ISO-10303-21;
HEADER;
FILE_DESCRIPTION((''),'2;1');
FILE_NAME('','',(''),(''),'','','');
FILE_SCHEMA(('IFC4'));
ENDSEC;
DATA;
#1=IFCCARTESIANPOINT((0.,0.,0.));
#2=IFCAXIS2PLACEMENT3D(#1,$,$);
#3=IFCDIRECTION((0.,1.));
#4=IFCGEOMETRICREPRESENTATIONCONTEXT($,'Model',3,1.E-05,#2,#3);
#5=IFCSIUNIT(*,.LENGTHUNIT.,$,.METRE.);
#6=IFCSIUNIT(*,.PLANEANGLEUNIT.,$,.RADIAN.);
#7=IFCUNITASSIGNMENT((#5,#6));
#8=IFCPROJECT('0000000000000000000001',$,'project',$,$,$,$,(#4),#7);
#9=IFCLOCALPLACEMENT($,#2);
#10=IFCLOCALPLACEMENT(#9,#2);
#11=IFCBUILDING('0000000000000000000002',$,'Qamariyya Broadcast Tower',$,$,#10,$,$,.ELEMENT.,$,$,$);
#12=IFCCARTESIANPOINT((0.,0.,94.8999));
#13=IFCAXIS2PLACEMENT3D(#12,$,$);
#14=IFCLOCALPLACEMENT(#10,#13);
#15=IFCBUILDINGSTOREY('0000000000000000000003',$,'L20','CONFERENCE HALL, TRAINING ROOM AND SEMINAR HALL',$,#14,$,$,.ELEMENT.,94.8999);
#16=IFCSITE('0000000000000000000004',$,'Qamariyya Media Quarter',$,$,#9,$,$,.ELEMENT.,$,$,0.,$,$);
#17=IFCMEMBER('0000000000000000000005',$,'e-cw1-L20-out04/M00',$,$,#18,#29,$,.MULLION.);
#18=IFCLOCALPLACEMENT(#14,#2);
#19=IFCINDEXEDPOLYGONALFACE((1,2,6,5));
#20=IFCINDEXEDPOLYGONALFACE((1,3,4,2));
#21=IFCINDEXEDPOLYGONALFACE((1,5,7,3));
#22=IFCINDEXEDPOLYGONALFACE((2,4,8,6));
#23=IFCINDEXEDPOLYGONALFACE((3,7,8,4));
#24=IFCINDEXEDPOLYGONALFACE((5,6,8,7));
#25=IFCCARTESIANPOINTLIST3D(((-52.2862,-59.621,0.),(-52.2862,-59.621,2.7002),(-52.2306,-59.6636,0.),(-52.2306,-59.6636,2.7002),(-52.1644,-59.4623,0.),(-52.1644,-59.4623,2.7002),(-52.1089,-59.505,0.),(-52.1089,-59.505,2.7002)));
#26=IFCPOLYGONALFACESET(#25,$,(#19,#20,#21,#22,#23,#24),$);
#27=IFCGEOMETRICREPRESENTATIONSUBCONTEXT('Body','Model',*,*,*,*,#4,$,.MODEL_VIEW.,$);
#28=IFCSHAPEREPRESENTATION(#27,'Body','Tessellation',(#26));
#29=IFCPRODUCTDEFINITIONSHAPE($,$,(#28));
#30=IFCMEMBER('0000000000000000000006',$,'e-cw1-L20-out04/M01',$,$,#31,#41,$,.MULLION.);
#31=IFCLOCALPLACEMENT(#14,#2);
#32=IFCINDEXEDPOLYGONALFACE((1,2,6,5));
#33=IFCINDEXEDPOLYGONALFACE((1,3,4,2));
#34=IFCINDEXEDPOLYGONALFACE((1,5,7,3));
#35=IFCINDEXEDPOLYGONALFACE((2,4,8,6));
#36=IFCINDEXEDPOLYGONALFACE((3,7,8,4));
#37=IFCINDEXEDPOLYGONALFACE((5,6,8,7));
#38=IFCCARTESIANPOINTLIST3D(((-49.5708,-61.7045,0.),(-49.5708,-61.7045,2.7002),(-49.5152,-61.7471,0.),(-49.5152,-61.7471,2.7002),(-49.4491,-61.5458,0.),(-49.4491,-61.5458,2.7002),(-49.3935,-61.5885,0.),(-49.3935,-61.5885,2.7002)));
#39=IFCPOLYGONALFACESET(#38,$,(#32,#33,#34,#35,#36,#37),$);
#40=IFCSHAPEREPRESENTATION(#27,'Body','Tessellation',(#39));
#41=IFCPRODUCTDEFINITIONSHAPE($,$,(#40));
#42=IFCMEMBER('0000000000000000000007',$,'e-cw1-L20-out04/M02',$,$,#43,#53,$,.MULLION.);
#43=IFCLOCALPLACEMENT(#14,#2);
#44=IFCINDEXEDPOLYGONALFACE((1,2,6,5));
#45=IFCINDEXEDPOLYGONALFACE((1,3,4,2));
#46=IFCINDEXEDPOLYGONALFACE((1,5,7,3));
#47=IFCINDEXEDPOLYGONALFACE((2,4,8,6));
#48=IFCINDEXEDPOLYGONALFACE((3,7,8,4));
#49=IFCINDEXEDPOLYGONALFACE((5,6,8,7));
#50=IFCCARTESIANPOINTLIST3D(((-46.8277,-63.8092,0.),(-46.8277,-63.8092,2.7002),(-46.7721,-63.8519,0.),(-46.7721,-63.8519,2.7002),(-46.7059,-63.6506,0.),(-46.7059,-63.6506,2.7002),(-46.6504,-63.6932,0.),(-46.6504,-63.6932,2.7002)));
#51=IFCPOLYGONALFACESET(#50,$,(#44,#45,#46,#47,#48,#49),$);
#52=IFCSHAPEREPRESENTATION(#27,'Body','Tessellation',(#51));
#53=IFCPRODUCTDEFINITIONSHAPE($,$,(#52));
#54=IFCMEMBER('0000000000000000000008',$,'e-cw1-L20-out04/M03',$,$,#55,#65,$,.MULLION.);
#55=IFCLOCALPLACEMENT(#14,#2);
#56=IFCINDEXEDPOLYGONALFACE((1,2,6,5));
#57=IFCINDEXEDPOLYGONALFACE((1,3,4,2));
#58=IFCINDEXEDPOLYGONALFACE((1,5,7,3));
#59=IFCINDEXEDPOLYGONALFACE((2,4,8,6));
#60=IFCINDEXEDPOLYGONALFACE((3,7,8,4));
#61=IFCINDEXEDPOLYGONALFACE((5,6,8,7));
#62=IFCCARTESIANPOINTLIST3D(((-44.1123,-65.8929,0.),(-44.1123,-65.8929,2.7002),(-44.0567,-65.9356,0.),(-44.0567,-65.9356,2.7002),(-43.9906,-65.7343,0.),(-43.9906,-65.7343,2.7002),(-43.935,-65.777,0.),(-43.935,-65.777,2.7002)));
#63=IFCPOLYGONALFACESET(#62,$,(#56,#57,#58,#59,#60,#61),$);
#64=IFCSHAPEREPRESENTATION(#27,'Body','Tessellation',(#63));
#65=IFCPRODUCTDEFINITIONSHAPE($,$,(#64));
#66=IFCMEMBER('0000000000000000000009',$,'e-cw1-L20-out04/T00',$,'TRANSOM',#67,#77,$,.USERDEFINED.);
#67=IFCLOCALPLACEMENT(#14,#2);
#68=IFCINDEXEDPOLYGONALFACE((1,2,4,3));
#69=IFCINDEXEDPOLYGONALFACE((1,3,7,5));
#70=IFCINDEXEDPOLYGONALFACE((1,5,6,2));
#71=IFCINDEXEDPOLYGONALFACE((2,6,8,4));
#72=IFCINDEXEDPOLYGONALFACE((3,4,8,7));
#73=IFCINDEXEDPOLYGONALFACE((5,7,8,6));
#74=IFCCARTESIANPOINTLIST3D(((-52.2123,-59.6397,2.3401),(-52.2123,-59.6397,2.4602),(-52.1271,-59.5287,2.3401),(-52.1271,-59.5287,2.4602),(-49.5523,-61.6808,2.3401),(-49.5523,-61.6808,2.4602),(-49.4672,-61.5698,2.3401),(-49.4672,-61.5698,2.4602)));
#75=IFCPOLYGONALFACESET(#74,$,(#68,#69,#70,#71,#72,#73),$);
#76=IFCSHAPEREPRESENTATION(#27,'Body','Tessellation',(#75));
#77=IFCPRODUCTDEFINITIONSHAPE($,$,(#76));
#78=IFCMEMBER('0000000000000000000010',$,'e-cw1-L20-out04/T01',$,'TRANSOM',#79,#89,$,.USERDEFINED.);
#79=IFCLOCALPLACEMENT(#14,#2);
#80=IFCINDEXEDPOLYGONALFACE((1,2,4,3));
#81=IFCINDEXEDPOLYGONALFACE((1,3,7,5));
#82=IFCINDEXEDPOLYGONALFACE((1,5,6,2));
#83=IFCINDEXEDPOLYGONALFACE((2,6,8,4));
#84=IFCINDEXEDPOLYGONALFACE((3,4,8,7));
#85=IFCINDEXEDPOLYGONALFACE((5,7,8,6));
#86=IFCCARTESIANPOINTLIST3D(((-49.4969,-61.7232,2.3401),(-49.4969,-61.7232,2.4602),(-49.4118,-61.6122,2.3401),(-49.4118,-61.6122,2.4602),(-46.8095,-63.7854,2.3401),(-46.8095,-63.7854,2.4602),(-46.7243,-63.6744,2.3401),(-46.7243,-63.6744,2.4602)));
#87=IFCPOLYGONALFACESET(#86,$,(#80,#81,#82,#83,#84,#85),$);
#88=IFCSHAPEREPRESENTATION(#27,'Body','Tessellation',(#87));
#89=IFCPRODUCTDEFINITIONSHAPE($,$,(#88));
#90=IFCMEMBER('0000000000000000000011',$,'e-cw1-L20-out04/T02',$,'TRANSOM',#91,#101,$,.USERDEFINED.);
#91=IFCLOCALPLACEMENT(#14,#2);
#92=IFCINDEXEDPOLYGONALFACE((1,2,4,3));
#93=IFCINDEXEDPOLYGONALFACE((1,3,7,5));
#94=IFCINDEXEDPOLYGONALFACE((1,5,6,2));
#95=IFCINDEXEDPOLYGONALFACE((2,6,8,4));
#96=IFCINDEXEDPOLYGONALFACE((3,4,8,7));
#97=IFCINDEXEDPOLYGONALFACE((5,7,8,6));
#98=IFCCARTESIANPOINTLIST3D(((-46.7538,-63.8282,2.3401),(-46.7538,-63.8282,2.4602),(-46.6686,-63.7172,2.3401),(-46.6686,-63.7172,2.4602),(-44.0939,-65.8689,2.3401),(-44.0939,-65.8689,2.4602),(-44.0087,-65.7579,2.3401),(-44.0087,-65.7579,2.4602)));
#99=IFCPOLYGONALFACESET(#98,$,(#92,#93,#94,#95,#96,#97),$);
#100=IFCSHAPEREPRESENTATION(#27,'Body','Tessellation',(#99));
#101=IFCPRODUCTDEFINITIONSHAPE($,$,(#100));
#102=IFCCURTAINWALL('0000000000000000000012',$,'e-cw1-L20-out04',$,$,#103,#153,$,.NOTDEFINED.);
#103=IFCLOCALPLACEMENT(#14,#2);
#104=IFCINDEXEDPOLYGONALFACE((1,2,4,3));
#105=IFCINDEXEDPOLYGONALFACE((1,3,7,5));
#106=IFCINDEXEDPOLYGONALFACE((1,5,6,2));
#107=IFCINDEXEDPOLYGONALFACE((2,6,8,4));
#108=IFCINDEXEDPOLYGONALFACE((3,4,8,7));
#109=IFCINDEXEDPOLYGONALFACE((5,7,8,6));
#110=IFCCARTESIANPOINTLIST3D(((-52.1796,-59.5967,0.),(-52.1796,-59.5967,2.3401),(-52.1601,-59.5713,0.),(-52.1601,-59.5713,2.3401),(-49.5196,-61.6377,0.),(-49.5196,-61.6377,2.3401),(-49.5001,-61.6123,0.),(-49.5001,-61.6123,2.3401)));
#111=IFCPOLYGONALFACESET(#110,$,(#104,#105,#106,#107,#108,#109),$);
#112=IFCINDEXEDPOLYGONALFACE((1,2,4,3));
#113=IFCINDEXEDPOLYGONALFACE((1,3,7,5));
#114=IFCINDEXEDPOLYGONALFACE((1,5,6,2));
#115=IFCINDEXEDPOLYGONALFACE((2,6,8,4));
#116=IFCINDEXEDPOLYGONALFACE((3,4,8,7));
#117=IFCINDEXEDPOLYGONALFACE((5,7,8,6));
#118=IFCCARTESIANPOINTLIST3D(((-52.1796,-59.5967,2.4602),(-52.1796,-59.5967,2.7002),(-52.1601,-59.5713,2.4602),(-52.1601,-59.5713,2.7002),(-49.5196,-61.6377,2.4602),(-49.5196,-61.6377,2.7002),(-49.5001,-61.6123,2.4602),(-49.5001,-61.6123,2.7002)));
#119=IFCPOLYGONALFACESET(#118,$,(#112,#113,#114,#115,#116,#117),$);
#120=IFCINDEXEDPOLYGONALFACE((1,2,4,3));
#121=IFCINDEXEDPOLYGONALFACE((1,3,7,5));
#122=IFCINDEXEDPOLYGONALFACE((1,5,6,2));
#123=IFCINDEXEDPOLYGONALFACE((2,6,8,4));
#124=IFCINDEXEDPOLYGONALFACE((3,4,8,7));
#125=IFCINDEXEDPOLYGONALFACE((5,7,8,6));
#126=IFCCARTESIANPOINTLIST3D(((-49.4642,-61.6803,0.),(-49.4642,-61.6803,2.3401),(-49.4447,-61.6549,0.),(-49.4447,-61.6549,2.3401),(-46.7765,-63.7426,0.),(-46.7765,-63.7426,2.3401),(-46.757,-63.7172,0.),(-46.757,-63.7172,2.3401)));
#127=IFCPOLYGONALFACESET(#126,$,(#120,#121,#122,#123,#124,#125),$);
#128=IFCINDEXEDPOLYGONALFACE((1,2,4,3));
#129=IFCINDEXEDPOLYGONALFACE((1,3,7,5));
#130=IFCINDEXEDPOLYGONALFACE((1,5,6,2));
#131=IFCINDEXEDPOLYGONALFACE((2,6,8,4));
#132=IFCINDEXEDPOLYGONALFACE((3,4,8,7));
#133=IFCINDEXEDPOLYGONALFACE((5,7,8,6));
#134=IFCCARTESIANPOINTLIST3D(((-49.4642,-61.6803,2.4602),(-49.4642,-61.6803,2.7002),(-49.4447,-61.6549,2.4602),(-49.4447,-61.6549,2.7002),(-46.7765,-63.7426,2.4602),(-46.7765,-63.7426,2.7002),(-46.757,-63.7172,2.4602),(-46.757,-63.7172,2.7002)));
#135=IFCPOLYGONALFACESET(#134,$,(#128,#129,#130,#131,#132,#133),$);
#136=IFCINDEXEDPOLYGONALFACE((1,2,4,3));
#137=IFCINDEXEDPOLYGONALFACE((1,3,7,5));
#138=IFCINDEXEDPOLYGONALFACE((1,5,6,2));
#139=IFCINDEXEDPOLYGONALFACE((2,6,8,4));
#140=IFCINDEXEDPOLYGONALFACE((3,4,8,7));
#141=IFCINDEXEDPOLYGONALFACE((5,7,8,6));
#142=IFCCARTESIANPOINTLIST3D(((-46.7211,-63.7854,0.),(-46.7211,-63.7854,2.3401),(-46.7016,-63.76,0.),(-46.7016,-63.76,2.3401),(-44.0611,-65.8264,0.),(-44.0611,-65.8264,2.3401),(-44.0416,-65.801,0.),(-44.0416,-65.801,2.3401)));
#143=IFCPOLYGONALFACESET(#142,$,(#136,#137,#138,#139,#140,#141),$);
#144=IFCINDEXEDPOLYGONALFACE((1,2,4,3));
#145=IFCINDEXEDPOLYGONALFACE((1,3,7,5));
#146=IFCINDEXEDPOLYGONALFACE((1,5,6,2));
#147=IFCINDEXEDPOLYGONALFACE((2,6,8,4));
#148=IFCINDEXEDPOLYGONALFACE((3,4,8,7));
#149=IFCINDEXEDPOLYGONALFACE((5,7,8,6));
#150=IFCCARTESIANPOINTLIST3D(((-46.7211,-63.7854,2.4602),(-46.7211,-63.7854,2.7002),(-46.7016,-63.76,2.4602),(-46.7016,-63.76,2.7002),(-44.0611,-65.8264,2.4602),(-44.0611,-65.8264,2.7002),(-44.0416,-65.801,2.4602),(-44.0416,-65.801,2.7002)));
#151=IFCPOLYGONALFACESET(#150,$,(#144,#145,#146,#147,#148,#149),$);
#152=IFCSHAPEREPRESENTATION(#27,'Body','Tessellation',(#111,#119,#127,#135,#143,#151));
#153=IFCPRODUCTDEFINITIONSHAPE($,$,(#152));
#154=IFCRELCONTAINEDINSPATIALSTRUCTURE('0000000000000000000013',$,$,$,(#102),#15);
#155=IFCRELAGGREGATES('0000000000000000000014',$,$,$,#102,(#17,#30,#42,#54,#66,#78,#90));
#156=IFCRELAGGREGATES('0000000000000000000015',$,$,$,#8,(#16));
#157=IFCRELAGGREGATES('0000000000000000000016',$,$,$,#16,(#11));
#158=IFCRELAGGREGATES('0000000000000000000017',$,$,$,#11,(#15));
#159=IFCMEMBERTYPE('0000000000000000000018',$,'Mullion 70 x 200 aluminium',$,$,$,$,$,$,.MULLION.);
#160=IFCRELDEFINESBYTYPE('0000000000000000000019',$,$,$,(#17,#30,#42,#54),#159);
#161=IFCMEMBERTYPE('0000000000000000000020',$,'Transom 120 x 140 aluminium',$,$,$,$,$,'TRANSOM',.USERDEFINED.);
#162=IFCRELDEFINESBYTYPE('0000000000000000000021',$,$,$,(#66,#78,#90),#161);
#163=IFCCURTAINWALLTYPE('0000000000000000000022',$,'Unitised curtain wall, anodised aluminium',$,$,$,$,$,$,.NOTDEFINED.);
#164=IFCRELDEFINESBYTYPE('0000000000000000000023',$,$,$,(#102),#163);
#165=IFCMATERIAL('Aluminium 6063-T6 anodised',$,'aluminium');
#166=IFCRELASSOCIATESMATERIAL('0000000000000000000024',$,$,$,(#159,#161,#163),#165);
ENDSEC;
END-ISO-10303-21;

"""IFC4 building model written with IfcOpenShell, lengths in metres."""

from ifc_helpers import new_model, si_unit, direction, frame, origin, origin_2d, place, context, subcontext, project, spatial, rectangle, extrude, material, material_profile, profile_set, type_object, element, aggregate, save


model = new_model("IFC4")

# Units and contexts
model_context = context("Model", 3, precision=1e-05, world=origin(), true_north=direction((0.0, 1.0)))
body_context = subcontext(model_context, "Body", "Model", "MODEL_VIEW")
ifc_project = project(units=[si_unit("LENGTHUNIT", "METRE"), si_unit("PLANEANGLEUNIT", "RADIAN")], contexts=[model_context])

# Members
ifc_material_1 = material(Name="Aluminium 6063-T6 anodised", Category="aluminium")
ifc_material_profile_1 = material_profile(ifc_material_1, rectangle(XDim=0.2, YDim=0.0701, at=origin_2d()))
ifc_profile_set_1 = profile_set([ifc_material_profile_1], Name="Aluminium 6063-T6 anodised")
member_type_1 = type_object("IfcMemberType", Name="Mullion 70 x 200 aluminium", PredefinedType="MULLION", material=ifc_profile_set_1)
site_placement = place(None, origin())
building_placement = place(site_placement, origin())
storey_placement = place(building_placement, frame((0.0, 0.0, 94.8999)))
member_1_placement = place(storey_placement, frame((-52.1975, -59.563, 0.0), z_axis=(0.0, 0.0, 1.0), x_axis=(0.608761, 0.793353, 0.0)))
member_1 = element("IfcMember", 1, at=member_1_placement, type_object=member_type_1, Name="e-cw1-L20-out04/M00", PredefinedType="MULLION", context=body_context, shape_type="SweptSolid", body=[
    extrude(rectangle(XDim=0.2, YDim=0.0701, at=origin_2d()), origin(), (0.0, 0.0, 1.0), 2.7002),
])
member_2_placement = place(storey_placement, frame((-49.4822, -61.6465, 0.0), z_axis=(0.0, 0.0, 1.0), x_axis=(0.608761, 0.793353, 0.0)))
member_2 = element("IfcMember", 2, at=member_2_placement, type_object=member_type_1, Name="e-cw1-L20-out04/M01", PredefinedType="MULLION", context=body_context, shape_type="SweptSolid", body=[
    extrude(rectangle(XDim=0.2, YDim=0.0701, at=origin_2d()), origin(), (0.0, 0.0, 1.0), 2.7002),
])
member_3_placement = place(storey_placement, frame((-46.739, -63.7512, 0.0), z_axis=(0.0, 0.0, 1.0), x_axis=(0.608761, 0.793353, 0.0)))
member_3 = element("IfcMember", 3, at=member_3_placement, type_object=member_type_1, Name="e-cw1-L20-out04/M02", PredefinedType="MULLION", context=body_context, shape_type="SweptSolid", body=[
    extrude(rectangle(XDim=0.2, YDim=0.0701, at=origin_2d()), origin(), (0.0, 0.0, 1.0), 2.7002),
])
member_4_placement = place(storey_placement, frame((-44.0237, -65.835, 0.0), z_axis=(0.0, 0.0, 1.0), x_axis=(0.608761, 0.793353, 0.0)))
member_4 = element("IfcMember", 4, at=member_4_placement, type_object=member_type_1, Name="e-cw1-L20-out04/M03", PredefinedType="MULLION", context=body_context, shape_type="SweptSolid", body=[
    extrude(rectangle(XDim=0.2, YDim=0.0701, at=origin_2d()), origin(), (0.0, 0.0, 1.0), 2.7002),
])
ifc_material_profile_2 = material_profile(ifc_material_1, rectangle(XDim=0.1399, YDim=0.1201, at=origin_2d()))
ifc_profile_set_2 = profile_set([ifc_material_profile_2], Name="Aluminium 6063-T6 anodised")
member_type_2 = type_object("IfcMemberType", Name="Transom 120 x 140 aluminium", ElementType="TRANSOM", PredefinedType="USERDEFINED", material=ifc_profile_set_2)
member_5_placement = place(storey_placement, frame((-52.1697, -59.5842, 2.4001), z_axis=(0.793354, -0.60876, 0.0), x_axis=(0.60876, 0.793354, 0.0)))
member_5 = element("IfcMember", 5, at=member_5_placement, type_object=member_type_2, Name="e-cw1-L20-out04/T00", ObjectType="TRANSOM", PredefinedType="USERDEFINED", context=body_context, shape_type="SweptSolid", body=[
    extrude(rectangle(XDim=0.1399, YDim=0.1201, at=origin_2d()), origin(), (0.0, 0.0, 1.0), 3.3528),
])
member_6_placement = place(storey_placement, frame((-49.4543, -61.6677, 2.4001), z_axis=(0.793344, -0.608773, 0.0), x_axis=(0.608773, 0.793344, 0.0)))
member_6 = element("IfcMember", 6, at=member_6_placement, type_object=member_type_2, Name="e-cw1-L20-out04/T01", ObjectType="TRANSOM", PredefinedType="USERDEFINED", context=body_context, shape_type="SweptSolid", body=[
    extrude(rectangle(XDim=0.1399, YDim=0.1201, at=origin_2d()), origin(), (0.0, 0.0, 1.0), 3.3875),
])
member_7_placement = place(storey_placement, frame((-46.7112, -63.7727, 2.4001), z_axis=(0.793389, -0.608714, 0.0), x_axis=(0.608714, 0.793389, 0.0)))
member_7 = element("IfcMember", 7, at=member_7_placement, type_object=member_type_2, Name="e-cw1-L20-out04/T02", ObjectType="TRANSOM", PredefinedType="USERDEFINED", context=body_context, shape_type="SweptSolid", body=[
    extrude(rectangle(XDim=0.1399, YDim=0.1201, at=origin_2d()), origin(), (0.0, 0.0, 1.0), 3.3525),
])

# Site, building, storey
site = spatial("IfcSite", under=ifc_project, at=site_placement, Name="Qamariyya Media Quarter", CompositionType="ELEMENT", RefElevation=0.0)
building = spatial("IfcBuilding", under=site, at=building_placement, Name="Qamariyya Broadcast Tower", CompositionType="ELEMENT")
storey = spatial("IfcBuildingStorey", under=building, at=storey_placement, Name="L20", Description="CONFERENCE HALL, TRAINING ROOM AND SEMINAR HALL", CompositionType="ELEMENT", Elevation=94.8999)

# Curtain wall
curtain_wall_type = type_object("IfcCurtainWallType", Name="Unitised curtain wall, anodised aluminium", PredefinedType="NOTDEFINED", material=ifc_material_1)
curtain_wall_1_placement = place(storey_placement, origin())
curtain_wall_1 = element("IfcCurtainWall", 8, at=curtain_wall_1_placement, inside=storey, type_object=curtain_wall_type, Name="e-cw1-L20-out04", PredefinedType="NOTDEFINED", context=body_context, shape_type="SweptSolid", body=[
    extrude(rectangle(XDim=3.3528, YDim=0.032, at=origin_2d()), frame((-50.8398, -60.6045, 0.0), x_axis=(0.793354, -0.608761, 0.0)), (0.0, 0.0, 1.0), 2.3401),
    extrude(rectangle(XDim=3.3528, YDim=0.032, at=origin_2d()), frame((-50.8398, -60.6045, 2.4602), x_axis=(0.793354, -0.608761, 0.0)), (0.0, 0.0, 1.0), 0.24),
    extrude(rectangle(XDim=3.3877, YDim=0.032, at=origin_2d()), frame((-48.1106, -62.6987, 0.0), x_axis=(0.793354, -0.608761, 0.0)), (0.0, 0.0, 1.0), 2.3401),
    extrude(rectangle(XDim=3.3877, YDim=0.032, at=origin_2d()), frame((-48.1106, -62.6987, 2.4602), x_axis=(0.793354, -0.608761, 0.0)), (0.0, 0.0, 1.0), 0.24),
    extrude(rectangle(XDim=3.3528, YDim=0.032, at=origin_2d()), frame((-45.3813, -64.7932, 0.0), x_axis=(0.793354, -0.608761, 0.0)), (0.0, 0.0, 1.0), 2.3401),
    extrude(rectangle(XDim=3.3528, YDim=0.032, at=origin_2d()), frame((-45.3813, -64.7932, 2.4602), x_axis=(0.793354, -0.608761, 0.0)), (0.0, 0.0, 1.0), 0.24),
])
aggregate(curtain_wall_1, [member_1, member_2, member_3, member_4, member_5, member_6, member_7])

save(model, "model.ifc")
